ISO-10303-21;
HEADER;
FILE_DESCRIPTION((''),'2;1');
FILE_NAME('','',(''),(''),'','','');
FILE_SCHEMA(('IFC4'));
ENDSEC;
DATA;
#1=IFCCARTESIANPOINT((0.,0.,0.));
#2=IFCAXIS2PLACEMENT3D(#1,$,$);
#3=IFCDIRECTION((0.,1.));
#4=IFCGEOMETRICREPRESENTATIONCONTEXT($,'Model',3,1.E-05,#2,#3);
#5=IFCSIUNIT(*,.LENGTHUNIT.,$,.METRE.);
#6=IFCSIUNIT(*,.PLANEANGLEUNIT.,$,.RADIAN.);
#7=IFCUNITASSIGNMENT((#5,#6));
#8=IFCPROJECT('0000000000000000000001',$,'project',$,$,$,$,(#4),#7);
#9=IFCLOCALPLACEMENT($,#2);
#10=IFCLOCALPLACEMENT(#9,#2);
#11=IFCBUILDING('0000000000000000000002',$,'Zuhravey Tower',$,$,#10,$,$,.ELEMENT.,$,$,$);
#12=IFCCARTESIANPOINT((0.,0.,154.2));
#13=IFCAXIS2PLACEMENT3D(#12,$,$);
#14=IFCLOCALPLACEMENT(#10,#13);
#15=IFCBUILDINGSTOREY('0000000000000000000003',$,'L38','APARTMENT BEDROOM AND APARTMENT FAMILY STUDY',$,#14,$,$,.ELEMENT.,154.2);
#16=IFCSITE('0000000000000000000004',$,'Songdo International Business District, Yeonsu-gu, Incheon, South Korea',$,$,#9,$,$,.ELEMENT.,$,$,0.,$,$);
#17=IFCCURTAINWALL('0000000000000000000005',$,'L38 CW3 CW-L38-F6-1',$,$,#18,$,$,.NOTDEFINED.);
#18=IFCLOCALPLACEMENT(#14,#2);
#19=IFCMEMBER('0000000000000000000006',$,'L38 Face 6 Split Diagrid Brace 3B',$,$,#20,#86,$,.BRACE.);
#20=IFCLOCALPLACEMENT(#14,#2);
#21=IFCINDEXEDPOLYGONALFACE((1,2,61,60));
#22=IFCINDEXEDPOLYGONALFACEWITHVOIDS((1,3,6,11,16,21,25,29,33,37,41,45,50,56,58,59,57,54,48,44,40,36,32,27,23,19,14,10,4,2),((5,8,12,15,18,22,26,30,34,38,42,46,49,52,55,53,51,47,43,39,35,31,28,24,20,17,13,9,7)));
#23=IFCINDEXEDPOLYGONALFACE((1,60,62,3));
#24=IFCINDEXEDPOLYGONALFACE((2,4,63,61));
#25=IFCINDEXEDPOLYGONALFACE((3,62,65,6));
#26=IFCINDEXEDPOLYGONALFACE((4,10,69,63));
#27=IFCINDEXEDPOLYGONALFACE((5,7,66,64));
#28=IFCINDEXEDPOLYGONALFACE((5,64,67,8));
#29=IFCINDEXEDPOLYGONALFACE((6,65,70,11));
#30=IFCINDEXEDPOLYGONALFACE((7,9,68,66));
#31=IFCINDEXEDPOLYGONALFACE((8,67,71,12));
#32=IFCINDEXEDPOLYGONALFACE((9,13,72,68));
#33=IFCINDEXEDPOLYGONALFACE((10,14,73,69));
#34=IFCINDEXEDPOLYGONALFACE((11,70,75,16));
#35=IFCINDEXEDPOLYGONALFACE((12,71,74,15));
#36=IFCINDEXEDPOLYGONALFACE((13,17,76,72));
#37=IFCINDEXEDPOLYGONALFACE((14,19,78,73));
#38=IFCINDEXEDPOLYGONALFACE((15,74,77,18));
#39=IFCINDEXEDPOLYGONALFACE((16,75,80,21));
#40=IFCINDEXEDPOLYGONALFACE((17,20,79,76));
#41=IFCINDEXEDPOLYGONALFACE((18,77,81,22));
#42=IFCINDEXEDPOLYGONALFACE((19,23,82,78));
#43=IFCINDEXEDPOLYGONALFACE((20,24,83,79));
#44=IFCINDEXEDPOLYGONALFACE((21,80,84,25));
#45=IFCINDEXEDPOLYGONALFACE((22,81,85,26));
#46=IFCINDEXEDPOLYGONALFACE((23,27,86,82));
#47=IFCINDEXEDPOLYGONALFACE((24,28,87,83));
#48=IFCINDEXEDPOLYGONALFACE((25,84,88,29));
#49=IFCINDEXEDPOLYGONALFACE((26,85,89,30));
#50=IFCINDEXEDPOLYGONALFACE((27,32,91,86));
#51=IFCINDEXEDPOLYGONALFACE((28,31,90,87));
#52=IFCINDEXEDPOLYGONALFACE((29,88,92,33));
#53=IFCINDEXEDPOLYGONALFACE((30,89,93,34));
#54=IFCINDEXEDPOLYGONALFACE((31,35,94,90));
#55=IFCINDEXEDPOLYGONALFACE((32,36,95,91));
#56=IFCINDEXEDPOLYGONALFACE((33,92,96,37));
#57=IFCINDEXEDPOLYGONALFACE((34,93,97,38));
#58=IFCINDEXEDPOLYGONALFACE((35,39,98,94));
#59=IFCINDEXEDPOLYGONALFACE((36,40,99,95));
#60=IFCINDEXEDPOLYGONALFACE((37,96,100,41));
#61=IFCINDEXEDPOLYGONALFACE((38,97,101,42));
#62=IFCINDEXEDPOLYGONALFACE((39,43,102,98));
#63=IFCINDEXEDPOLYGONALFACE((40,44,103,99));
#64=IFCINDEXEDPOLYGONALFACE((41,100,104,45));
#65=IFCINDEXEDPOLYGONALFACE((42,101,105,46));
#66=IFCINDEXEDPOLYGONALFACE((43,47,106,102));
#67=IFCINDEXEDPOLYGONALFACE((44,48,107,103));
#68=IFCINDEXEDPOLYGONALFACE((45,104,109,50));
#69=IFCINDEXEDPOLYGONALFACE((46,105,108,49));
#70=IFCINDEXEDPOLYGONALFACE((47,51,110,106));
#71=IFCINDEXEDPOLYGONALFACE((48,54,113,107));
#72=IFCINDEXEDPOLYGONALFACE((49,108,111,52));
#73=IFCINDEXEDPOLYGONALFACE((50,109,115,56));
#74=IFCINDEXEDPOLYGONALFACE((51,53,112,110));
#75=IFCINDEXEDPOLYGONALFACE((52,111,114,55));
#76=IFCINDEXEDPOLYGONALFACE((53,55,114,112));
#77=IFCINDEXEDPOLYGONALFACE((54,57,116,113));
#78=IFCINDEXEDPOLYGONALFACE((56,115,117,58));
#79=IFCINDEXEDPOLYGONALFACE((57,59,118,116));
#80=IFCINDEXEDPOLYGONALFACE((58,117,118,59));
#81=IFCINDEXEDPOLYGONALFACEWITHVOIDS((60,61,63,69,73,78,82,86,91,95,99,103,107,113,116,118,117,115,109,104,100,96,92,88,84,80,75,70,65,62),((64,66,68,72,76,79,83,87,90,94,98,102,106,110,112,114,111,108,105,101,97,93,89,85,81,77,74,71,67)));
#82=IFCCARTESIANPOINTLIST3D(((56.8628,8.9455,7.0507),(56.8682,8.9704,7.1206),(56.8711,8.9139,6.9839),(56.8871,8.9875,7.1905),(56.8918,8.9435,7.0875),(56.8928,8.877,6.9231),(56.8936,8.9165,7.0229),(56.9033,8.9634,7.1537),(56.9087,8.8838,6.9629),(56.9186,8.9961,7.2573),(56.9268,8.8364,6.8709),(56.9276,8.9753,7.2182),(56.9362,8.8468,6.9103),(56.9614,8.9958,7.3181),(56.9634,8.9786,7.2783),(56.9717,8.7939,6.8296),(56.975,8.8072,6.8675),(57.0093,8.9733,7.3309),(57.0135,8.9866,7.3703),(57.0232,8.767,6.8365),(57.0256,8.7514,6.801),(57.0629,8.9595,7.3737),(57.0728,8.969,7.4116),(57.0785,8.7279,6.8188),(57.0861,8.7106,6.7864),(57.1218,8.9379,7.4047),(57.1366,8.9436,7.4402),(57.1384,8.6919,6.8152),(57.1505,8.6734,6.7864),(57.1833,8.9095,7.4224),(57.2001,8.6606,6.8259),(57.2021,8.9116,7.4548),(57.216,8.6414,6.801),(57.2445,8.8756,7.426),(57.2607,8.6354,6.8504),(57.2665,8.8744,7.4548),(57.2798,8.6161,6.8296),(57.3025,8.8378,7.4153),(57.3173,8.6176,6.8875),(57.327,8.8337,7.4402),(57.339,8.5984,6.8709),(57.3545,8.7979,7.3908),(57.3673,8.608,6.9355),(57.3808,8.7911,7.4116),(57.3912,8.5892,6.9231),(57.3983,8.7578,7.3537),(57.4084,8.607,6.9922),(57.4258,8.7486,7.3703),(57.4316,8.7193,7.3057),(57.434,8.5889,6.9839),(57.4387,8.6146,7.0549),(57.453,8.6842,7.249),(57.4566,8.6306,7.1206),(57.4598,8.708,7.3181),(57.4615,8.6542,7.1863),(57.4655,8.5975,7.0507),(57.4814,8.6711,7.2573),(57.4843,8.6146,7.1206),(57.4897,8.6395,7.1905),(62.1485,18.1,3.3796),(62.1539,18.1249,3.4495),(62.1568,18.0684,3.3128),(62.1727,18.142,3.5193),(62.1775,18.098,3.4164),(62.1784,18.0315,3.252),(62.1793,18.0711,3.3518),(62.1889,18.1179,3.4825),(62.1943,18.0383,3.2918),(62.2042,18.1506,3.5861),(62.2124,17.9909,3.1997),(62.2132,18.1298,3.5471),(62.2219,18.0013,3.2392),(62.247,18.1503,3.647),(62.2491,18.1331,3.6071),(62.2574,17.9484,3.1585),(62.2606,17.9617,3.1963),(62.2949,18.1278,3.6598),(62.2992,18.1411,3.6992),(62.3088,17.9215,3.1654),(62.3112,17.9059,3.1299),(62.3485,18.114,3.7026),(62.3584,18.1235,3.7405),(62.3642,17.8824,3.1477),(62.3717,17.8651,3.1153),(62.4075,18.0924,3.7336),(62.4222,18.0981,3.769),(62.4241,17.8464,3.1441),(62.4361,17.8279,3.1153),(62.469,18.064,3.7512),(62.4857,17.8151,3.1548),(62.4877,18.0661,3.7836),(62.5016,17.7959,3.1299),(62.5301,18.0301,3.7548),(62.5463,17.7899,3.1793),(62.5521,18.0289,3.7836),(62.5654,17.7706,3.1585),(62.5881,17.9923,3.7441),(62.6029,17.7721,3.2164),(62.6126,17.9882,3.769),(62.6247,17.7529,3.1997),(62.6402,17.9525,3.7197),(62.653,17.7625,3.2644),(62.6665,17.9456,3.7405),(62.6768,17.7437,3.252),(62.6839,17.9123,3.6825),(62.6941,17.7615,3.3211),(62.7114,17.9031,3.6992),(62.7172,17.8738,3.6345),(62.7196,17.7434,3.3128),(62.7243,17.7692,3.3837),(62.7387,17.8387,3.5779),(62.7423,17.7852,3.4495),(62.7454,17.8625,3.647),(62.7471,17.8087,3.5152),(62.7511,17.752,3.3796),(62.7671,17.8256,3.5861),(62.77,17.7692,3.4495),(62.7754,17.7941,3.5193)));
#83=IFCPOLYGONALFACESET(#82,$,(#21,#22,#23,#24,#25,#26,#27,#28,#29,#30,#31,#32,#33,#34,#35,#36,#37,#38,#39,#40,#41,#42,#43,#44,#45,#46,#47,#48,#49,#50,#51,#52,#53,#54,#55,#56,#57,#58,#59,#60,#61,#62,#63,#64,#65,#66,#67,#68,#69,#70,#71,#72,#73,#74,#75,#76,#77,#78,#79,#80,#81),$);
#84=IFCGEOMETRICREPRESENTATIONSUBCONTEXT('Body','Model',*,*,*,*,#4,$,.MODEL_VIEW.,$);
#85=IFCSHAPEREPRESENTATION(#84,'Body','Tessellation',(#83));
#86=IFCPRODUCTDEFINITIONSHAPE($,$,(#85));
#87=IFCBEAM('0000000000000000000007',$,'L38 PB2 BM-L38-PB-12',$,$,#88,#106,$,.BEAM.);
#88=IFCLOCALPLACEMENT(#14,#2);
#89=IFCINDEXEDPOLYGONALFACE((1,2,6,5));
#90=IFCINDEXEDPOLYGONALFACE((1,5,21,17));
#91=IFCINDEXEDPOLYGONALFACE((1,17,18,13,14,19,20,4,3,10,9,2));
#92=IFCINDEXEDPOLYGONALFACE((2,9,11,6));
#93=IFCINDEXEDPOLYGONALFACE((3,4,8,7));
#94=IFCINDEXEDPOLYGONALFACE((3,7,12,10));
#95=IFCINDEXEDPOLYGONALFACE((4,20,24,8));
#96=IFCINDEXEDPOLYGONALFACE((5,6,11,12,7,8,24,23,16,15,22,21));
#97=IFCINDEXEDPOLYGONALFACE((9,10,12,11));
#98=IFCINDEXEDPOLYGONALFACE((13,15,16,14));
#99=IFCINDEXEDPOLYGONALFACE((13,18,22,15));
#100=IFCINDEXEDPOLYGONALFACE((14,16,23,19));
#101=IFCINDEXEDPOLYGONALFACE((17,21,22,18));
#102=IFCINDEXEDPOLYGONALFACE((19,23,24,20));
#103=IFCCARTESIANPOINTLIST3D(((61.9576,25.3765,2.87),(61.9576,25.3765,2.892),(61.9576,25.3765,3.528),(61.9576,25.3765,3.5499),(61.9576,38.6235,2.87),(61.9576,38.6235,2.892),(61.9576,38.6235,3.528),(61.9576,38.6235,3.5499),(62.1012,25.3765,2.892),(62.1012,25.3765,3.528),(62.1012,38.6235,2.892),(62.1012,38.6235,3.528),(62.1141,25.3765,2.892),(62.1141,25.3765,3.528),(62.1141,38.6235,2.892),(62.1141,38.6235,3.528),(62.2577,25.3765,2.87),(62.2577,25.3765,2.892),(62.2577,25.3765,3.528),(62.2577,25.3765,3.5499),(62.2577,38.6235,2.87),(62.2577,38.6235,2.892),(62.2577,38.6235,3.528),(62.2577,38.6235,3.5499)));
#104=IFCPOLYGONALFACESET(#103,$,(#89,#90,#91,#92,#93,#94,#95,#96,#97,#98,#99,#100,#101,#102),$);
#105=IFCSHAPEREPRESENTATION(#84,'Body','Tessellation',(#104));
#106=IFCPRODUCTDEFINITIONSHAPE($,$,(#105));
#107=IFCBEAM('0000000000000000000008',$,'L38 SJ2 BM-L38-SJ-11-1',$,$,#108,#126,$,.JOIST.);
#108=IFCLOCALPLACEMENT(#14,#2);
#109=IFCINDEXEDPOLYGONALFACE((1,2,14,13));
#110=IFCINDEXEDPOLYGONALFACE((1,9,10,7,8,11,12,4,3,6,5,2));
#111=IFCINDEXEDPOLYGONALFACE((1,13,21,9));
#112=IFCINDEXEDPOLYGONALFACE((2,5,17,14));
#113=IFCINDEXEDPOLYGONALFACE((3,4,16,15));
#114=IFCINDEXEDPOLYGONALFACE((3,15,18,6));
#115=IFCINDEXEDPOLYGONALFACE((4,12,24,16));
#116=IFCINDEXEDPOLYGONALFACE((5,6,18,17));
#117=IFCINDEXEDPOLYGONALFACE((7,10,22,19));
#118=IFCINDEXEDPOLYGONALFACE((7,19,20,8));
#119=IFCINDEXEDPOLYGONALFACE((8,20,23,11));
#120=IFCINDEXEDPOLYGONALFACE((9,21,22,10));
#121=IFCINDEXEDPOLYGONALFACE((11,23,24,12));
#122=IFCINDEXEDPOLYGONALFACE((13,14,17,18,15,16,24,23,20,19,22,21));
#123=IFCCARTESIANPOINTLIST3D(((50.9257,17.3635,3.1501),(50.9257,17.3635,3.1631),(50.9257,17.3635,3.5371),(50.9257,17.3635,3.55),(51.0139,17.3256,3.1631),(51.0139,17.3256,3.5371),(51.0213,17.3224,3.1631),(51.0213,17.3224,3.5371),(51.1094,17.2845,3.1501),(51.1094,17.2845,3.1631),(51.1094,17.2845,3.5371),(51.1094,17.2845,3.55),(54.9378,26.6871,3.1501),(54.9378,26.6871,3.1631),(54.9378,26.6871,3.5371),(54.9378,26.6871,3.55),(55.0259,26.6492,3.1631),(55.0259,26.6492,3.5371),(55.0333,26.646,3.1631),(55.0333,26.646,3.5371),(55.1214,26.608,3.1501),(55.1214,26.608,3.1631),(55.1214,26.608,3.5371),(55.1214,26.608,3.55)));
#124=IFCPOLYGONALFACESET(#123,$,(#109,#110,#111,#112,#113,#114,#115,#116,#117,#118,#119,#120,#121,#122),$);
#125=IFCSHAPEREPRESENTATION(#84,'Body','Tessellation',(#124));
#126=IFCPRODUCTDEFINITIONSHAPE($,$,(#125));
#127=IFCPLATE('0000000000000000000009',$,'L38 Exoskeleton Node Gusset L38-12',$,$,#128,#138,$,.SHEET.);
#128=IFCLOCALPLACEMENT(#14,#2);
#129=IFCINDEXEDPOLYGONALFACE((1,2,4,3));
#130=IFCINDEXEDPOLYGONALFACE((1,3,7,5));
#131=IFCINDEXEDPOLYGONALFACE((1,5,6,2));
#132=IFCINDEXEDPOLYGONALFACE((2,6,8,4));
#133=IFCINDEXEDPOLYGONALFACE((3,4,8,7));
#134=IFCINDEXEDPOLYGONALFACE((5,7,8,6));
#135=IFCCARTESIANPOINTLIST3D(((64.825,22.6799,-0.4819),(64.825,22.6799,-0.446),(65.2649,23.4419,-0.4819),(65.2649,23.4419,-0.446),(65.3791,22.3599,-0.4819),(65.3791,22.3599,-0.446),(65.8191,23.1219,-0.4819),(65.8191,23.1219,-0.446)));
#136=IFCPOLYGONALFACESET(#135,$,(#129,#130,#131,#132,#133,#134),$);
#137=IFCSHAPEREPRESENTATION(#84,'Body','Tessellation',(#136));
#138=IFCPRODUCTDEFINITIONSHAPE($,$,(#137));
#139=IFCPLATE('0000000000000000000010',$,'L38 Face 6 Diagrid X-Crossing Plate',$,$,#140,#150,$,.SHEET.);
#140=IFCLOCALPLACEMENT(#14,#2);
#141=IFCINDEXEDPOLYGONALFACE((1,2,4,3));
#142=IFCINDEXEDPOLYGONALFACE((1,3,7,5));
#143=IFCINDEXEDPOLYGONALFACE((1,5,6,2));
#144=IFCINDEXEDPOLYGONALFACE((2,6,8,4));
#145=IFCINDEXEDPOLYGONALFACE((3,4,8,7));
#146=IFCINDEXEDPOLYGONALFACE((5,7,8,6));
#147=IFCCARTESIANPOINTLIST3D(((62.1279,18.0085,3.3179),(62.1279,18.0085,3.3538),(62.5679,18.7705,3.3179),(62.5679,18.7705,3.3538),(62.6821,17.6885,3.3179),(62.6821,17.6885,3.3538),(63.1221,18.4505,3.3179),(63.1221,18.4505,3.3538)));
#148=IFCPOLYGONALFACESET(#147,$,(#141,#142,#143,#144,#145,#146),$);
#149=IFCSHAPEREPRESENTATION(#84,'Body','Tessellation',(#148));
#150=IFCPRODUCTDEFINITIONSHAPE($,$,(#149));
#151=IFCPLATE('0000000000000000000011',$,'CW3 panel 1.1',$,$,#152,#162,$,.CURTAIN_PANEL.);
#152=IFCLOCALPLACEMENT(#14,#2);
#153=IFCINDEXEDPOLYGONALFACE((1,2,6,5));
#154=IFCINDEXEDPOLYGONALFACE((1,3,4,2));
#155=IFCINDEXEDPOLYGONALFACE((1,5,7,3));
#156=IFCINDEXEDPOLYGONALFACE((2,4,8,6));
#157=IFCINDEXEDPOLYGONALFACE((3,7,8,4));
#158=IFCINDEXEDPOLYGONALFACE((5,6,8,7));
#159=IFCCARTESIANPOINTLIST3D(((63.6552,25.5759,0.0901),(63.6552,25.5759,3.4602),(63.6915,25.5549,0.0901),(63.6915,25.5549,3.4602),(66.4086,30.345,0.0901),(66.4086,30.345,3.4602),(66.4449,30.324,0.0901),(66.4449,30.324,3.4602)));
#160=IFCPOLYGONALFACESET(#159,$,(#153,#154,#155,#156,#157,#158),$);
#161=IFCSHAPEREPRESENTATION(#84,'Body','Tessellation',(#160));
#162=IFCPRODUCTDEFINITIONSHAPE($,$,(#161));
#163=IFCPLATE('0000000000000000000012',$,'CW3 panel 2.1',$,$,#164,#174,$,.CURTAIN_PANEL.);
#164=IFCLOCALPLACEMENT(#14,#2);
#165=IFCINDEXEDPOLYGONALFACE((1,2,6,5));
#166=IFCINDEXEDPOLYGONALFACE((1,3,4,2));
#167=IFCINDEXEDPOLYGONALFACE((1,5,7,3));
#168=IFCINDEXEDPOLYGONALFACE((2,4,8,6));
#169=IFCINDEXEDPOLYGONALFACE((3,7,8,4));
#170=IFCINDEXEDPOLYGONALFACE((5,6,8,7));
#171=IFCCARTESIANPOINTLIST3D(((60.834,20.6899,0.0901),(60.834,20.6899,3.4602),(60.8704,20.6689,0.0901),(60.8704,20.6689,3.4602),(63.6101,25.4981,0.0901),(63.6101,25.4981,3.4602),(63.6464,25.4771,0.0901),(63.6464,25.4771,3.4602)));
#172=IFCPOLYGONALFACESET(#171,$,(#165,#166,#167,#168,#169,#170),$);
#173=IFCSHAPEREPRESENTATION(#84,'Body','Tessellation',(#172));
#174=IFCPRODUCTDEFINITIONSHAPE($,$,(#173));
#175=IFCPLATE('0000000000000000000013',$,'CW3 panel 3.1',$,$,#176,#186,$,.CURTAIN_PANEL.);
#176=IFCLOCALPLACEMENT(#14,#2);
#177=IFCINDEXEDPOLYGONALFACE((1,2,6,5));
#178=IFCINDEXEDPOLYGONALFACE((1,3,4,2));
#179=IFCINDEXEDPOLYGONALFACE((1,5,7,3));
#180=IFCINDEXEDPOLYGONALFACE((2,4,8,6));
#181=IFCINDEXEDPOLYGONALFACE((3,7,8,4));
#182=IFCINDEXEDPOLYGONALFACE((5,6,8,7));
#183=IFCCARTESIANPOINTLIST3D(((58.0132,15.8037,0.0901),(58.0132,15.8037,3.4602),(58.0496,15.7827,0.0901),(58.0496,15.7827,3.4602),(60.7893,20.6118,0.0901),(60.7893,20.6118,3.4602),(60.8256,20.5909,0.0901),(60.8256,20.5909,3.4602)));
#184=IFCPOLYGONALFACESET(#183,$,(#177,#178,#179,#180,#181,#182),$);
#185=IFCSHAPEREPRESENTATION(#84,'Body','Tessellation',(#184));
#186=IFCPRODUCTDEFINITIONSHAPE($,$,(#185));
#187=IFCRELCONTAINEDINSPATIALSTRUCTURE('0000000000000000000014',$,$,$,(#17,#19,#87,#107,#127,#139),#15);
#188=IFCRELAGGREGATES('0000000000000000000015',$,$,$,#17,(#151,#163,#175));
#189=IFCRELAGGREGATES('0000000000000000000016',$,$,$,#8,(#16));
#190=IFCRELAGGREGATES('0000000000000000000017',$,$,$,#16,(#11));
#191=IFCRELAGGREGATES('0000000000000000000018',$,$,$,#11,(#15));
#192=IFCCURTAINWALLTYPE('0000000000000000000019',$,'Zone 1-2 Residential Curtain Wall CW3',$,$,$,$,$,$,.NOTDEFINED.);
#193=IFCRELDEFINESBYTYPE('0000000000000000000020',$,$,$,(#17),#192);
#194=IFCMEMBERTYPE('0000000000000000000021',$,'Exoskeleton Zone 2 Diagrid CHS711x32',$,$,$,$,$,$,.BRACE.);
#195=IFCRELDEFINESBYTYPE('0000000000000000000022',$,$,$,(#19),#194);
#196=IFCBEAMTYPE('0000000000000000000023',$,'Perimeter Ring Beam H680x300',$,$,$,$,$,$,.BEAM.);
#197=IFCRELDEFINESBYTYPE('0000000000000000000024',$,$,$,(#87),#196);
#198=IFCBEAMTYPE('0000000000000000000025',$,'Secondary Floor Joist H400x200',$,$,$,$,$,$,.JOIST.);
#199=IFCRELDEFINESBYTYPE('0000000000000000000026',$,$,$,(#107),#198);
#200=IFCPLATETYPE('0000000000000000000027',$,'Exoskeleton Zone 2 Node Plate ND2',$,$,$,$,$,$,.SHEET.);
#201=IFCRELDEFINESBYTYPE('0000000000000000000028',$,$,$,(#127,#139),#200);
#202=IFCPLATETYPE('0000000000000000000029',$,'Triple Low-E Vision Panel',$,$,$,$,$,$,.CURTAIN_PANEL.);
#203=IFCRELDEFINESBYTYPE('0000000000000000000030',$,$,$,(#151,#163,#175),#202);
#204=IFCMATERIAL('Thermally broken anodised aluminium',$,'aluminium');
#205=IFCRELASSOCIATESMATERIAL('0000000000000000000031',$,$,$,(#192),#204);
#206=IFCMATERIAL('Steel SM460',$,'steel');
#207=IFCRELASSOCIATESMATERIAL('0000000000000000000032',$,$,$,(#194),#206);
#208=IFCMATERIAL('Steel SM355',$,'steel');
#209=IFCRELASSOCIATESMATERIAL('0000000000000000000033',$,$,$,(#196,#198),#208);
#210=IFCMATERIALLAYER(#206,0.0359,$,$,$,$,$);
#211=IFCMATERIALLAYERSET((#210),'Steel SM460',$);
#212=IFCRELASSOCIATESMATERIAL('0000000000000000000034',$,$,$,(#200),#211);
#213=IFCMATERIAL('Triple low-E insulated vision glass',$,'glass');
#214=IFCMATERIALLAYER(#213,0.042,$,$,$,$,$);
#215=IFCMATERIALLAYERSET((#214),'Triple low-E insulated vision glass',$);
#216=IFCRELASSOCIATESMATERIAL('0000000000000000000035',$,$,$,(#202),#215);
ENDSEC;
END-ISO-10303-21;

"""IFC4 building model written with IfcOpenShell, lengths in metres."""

from ifc_helpers import new_model, si_unit, direction, frame, origin, origin_2d, place, context, subcontext, project, spatial, rectangle, hollow_circle, i_section, extrude, material, layer, layer_set, material_profile, profile_set, type_object, element, aggregate, save


model = new_model("IFC4")

# Units and contexts
model_context = context("Model", 3, precision=1e-05, world=origin(), true_north=direction((0.0, 1.0)))
body_context = subcontext(model_context, "Body", "Model", "MODEL_VIEW")
ifc_project = project(units=[si_unit("LENGTHUNIT", "METRE"), si_unit("PLANEANGLEUNIT", "RADIAN")], contexts=[model_context])

# Site, building, storey
site_placement = place(None, origin())
site = spatial("IfcSite", under=ifc_project, at=site_placement, Name="Songdo International Business District, Yeonsu-gu, Incheon, South Korea", CompositionType="ELEMENT", RefElevation=0.0)
building_placement = place(site_placement, origin())
building = spatial("IfcBuilding", under=site, at=building_placement, Name="Zuhravey Tower", CompositionType="ELEMENT")
storey_placement = place(building_placement, frame((0.0, 0.0, 154.2)))
storey = spatial("IfcBuildingStorey", under=building, at=storey_placement, Name="L38", Description="APARTMENT BEDROOM AND APARTMENT FAMILY STUDY", CompositionType="ELEMENT", Elevation=154.2)

# Curtain wall
ifc_material_1 = material(Name="Thermally broken anodised aluminium", Category="aluminium")
curtain_wall_type = type_object("IfcCurtainWallType", Name="Zone 1-2 Residential Curtain Wall CW3", PredefinedType="NOTDEFINED", material=ifc_material_1)
curtain_wall_placement = place(storey_placement, origin())
curtain_wall = element("IfcCurtainWall", 1, at=curtain_wall_placement, inside=storey, type_object=curtain_wall_type, Name="L38 CW3 CW-L38-F6-1", PredefinedType="NOTDEFINED")

# Member
ifc_material_2 = material(Name="Steel SM460", Category="steel")
ifc_material_profile_1 = material_profile(ifc_material_2, hollow_circle(Radius=0.3557, WallThickness=0.032, at=origin_2d()), Name="CHS-711.2x32")
ifc_profile_set_1 = profile_set([ifc_material_profile_1], Name="Steel SM460")
member_type_1 = type_object("IfcMemberType", Name="Exoskeleton Zone 2 Diagrid CHS711x32", PredefinedType="BRACE", material=ifc_profile_set_1)
member_1_placement = place(storey_placement, frame((62.4619, 17.947, 3.4495), z_axis=(-0.472345, -0.818084, 0.328067), x_axis=(0.866014, -0.500019, 0.0)))
element("IfcMember", 2, at=member_1_placement, inside=storey, type_object=member_type_1, Name="L38 Face 6 Split Diagrid Brace 3B", PredefinedType="BRACE", context=body_context, shape_type="SweptSolid", body=[
    extrude(hollow_circle(Radius=0.3557, WallThickness=0.032, at=origin_2d()), origin(), (0.0, 0.0, 1.0), 11.1902),
])

# Beams
ifc_material_3 = material(Name="Steel SM355", Category="steel")
ifc_material_profile_2 = material_profile(ifc_material_3, i_section(OverallWidth=0.3, OverallDepth=0.6799, WebThickness=0.0129, FlangeThickness=0.022, at=origin_2d()), Name="H-680x300x13x22")
ifc_profile_set_2 = profile_set([ifc_material_profile_2], Name="Steel SM355")
beam_type_1 = type_object("IfcBeamType", Name="Perimeter Ring Beam H680x300", PredefinedType="BEAM", material=ifc_profile_set_2)
beam_1_placement = place(storey_placement, frame((62.1077, 25.3765, 3.21), z_axis=(0.0, 1.0, 0.0), x_axis=(-1.0, 0.0, 0.0)))
element("IfcBeam", 3, at=beam_1_placement, inside=storey, type_object=beam_type_1, Name="L38 PB2 BM-L38-PB-12", PredefinedType="BEAM", context=body_context, shape_type="SweptSolid", body=[
    extrude(i_section(OverallWidth=0.3, OverallDepth=0.6799, WebThickness=0.0129, FlangeThickness=0.022, at=origin_2d()), origin(), (0.0, 0.0, 1.0), 13.2471),
])
ifc_material_profile_3 = material_profile(ifc_material_3, i_section(OverallWidth=0.2, OverallDepth=0.3999, WebThickness=0.0081, FlangeThickness=0.0129, at=origin_2d()), Name="H-400x200x8x13")
ifc_profile_set_3 = profile_set([ifc_material_profile_3], Name="Steel SM355")
beam_type_2 = type_object("IfcBeamType", Name="Secondary Floor Joist H400x200", PredefinedType="JOIST", material=ifc_profile_set_3)
beam_2_placement = place(storey_placement, frame((51.0176, 17.324, 3.3501), z_axis=(0.395266, 0.918567, 0.0), x_axis=(-0.918567, 0.395266, 0.0)))
element("IfcBeam", 4, at=beam_2_placement, inside=storey, type_object=beam_type_2, Name="L38 SJ2 BM-L38-SJ-11-1", PredefinedType="JOIST", context=body_context, shape_type="SweptSolid", body=[
    extrude(i_section(OverallWidth=0.2, OverallDepth=0.3999, WebThickness=0.0081, FlangeThickness=0.0129, at=origin_2d()), origin(), (0.0, 0.0, 1.0), 10.1501),
])

# Plates
ifc_layer_1 = layer(ifc_material_2, 0.0359)
ifc_layer_set_1 = layer_set([ifc_layer_1], Name="Steel SM460")
plate_type_1 = type_object("IfcPlateType", Name="Exoskeleton Zone 2 Node Plate ND2", PredefinedType="SHEET", material=ifc_layer_set_1)
for number, where, z_axis, x_axis, name in (
    (5, (65.322, 22.9009, -0.4819), (0.0, 0.0, 1.0), (0.5, 0.866025, 0.0), "L38 Exoskeleton Node Gusset L38-12"),
    (6, (62.625, 18.2295, 3.3179), (0.0, 0.0, 1.0), (0.5, 0.866025, 0.0), "L38 Face 6 Diagrid X-Crossing Plate"),
):
    element("IfcPlate", number, at=place(storey_placement, frame(where, z_axis=z_axis, x_axis=x_axis)), inside=storey, type_object=plate_type_1, Name=name, PredefinedType="SHEET", context=body_context, shape_type="SweptSolid", body=[
        extrude(rectangle(XDim=0.8799, YDim=0.6399, at=origin_2d()), origin(), (0.0, 0.0, 1.0), 0.0359),
    ])

# Plates
ifc_material_4 = material(Name="Triple low-E insulated vision glass", Category="glass")
ifc_layer_2 = layer(ifc_material_4, 0.042)
ifc_layer_set_2 = layer_set([ifc_layer_2], Name="Triple low-E insulated vision glass")
plate_type_2 = type_object("IfcPlateType", Name="Triple Low-E Vision Panel", PredefinedType="CURTAIN_PANEL", material=ifc_layer_set_2)
plate_1_placement = place(storey_placement, frame((65.05, 27.95, 0.0901), z_axis=(0.0, 0.0, 1.0), x_axis=(-0.500002, -0.866024, 0.0)))
plate_1 = element("IfcPlate", 7, at=plate_1_placement, type_object=plate_type_2, Name="CW3 panel 1.1", PredefinedType="CURTAIN_PANEL", context=body_context, shape_type="SweptSolid", body=[
    extrude(rectangle(XDim=5.5068, YDim=0.042, at=origin_2d()), origin(), (0.0, 0.0, 1.0), 3.3701),
])
plate_2_placement = place(storey_placement, frame((62.2402, 23.0835, 0.0901), z_axis=(0.0, 0.0, 1.0), x_axis=(-0.500002, -0.866024, 0.0)))
plate_2 = element("IfcPlate", 8, at=plate_2_placement, type_object=plate_type_2, Name="CW3 panel 2.1", PredefinedType="CURTAIN_PANEL", context=body_context, shape_type="SweptSolid", body=[
    extrude(rectangle(XDim=5.552, YDim=0.042, at=origin_2d()), origin(), (0.0, 0.0, 1.0), 3.3701),
])
plate_3_placement = place(storey_placement, frame((59.4194, 18.1973, 0.0901), z_axis=(0.0, 0.0, 1.0), x_axis=(-0.500002, -0.866024, 0.0)))
plate_3 = element("IfcPlate", 9, at=plate_3_placement, type_object=plate_type_2, Name="CW3 panel 3.1", PredefinedType="CURTAIN_PANEL", context=body_context, shape_type="SweptSolid", body=[
    extrude(rectangle(XDim=5.552, YDim=0.042, at=origin_2d()), origin(), (0.0, 0.0, 1.0), 3.3701),
])
aggregate(curtain_wall, [plate_1, plate_2, plate_3])

save(model, "model.ifc")
